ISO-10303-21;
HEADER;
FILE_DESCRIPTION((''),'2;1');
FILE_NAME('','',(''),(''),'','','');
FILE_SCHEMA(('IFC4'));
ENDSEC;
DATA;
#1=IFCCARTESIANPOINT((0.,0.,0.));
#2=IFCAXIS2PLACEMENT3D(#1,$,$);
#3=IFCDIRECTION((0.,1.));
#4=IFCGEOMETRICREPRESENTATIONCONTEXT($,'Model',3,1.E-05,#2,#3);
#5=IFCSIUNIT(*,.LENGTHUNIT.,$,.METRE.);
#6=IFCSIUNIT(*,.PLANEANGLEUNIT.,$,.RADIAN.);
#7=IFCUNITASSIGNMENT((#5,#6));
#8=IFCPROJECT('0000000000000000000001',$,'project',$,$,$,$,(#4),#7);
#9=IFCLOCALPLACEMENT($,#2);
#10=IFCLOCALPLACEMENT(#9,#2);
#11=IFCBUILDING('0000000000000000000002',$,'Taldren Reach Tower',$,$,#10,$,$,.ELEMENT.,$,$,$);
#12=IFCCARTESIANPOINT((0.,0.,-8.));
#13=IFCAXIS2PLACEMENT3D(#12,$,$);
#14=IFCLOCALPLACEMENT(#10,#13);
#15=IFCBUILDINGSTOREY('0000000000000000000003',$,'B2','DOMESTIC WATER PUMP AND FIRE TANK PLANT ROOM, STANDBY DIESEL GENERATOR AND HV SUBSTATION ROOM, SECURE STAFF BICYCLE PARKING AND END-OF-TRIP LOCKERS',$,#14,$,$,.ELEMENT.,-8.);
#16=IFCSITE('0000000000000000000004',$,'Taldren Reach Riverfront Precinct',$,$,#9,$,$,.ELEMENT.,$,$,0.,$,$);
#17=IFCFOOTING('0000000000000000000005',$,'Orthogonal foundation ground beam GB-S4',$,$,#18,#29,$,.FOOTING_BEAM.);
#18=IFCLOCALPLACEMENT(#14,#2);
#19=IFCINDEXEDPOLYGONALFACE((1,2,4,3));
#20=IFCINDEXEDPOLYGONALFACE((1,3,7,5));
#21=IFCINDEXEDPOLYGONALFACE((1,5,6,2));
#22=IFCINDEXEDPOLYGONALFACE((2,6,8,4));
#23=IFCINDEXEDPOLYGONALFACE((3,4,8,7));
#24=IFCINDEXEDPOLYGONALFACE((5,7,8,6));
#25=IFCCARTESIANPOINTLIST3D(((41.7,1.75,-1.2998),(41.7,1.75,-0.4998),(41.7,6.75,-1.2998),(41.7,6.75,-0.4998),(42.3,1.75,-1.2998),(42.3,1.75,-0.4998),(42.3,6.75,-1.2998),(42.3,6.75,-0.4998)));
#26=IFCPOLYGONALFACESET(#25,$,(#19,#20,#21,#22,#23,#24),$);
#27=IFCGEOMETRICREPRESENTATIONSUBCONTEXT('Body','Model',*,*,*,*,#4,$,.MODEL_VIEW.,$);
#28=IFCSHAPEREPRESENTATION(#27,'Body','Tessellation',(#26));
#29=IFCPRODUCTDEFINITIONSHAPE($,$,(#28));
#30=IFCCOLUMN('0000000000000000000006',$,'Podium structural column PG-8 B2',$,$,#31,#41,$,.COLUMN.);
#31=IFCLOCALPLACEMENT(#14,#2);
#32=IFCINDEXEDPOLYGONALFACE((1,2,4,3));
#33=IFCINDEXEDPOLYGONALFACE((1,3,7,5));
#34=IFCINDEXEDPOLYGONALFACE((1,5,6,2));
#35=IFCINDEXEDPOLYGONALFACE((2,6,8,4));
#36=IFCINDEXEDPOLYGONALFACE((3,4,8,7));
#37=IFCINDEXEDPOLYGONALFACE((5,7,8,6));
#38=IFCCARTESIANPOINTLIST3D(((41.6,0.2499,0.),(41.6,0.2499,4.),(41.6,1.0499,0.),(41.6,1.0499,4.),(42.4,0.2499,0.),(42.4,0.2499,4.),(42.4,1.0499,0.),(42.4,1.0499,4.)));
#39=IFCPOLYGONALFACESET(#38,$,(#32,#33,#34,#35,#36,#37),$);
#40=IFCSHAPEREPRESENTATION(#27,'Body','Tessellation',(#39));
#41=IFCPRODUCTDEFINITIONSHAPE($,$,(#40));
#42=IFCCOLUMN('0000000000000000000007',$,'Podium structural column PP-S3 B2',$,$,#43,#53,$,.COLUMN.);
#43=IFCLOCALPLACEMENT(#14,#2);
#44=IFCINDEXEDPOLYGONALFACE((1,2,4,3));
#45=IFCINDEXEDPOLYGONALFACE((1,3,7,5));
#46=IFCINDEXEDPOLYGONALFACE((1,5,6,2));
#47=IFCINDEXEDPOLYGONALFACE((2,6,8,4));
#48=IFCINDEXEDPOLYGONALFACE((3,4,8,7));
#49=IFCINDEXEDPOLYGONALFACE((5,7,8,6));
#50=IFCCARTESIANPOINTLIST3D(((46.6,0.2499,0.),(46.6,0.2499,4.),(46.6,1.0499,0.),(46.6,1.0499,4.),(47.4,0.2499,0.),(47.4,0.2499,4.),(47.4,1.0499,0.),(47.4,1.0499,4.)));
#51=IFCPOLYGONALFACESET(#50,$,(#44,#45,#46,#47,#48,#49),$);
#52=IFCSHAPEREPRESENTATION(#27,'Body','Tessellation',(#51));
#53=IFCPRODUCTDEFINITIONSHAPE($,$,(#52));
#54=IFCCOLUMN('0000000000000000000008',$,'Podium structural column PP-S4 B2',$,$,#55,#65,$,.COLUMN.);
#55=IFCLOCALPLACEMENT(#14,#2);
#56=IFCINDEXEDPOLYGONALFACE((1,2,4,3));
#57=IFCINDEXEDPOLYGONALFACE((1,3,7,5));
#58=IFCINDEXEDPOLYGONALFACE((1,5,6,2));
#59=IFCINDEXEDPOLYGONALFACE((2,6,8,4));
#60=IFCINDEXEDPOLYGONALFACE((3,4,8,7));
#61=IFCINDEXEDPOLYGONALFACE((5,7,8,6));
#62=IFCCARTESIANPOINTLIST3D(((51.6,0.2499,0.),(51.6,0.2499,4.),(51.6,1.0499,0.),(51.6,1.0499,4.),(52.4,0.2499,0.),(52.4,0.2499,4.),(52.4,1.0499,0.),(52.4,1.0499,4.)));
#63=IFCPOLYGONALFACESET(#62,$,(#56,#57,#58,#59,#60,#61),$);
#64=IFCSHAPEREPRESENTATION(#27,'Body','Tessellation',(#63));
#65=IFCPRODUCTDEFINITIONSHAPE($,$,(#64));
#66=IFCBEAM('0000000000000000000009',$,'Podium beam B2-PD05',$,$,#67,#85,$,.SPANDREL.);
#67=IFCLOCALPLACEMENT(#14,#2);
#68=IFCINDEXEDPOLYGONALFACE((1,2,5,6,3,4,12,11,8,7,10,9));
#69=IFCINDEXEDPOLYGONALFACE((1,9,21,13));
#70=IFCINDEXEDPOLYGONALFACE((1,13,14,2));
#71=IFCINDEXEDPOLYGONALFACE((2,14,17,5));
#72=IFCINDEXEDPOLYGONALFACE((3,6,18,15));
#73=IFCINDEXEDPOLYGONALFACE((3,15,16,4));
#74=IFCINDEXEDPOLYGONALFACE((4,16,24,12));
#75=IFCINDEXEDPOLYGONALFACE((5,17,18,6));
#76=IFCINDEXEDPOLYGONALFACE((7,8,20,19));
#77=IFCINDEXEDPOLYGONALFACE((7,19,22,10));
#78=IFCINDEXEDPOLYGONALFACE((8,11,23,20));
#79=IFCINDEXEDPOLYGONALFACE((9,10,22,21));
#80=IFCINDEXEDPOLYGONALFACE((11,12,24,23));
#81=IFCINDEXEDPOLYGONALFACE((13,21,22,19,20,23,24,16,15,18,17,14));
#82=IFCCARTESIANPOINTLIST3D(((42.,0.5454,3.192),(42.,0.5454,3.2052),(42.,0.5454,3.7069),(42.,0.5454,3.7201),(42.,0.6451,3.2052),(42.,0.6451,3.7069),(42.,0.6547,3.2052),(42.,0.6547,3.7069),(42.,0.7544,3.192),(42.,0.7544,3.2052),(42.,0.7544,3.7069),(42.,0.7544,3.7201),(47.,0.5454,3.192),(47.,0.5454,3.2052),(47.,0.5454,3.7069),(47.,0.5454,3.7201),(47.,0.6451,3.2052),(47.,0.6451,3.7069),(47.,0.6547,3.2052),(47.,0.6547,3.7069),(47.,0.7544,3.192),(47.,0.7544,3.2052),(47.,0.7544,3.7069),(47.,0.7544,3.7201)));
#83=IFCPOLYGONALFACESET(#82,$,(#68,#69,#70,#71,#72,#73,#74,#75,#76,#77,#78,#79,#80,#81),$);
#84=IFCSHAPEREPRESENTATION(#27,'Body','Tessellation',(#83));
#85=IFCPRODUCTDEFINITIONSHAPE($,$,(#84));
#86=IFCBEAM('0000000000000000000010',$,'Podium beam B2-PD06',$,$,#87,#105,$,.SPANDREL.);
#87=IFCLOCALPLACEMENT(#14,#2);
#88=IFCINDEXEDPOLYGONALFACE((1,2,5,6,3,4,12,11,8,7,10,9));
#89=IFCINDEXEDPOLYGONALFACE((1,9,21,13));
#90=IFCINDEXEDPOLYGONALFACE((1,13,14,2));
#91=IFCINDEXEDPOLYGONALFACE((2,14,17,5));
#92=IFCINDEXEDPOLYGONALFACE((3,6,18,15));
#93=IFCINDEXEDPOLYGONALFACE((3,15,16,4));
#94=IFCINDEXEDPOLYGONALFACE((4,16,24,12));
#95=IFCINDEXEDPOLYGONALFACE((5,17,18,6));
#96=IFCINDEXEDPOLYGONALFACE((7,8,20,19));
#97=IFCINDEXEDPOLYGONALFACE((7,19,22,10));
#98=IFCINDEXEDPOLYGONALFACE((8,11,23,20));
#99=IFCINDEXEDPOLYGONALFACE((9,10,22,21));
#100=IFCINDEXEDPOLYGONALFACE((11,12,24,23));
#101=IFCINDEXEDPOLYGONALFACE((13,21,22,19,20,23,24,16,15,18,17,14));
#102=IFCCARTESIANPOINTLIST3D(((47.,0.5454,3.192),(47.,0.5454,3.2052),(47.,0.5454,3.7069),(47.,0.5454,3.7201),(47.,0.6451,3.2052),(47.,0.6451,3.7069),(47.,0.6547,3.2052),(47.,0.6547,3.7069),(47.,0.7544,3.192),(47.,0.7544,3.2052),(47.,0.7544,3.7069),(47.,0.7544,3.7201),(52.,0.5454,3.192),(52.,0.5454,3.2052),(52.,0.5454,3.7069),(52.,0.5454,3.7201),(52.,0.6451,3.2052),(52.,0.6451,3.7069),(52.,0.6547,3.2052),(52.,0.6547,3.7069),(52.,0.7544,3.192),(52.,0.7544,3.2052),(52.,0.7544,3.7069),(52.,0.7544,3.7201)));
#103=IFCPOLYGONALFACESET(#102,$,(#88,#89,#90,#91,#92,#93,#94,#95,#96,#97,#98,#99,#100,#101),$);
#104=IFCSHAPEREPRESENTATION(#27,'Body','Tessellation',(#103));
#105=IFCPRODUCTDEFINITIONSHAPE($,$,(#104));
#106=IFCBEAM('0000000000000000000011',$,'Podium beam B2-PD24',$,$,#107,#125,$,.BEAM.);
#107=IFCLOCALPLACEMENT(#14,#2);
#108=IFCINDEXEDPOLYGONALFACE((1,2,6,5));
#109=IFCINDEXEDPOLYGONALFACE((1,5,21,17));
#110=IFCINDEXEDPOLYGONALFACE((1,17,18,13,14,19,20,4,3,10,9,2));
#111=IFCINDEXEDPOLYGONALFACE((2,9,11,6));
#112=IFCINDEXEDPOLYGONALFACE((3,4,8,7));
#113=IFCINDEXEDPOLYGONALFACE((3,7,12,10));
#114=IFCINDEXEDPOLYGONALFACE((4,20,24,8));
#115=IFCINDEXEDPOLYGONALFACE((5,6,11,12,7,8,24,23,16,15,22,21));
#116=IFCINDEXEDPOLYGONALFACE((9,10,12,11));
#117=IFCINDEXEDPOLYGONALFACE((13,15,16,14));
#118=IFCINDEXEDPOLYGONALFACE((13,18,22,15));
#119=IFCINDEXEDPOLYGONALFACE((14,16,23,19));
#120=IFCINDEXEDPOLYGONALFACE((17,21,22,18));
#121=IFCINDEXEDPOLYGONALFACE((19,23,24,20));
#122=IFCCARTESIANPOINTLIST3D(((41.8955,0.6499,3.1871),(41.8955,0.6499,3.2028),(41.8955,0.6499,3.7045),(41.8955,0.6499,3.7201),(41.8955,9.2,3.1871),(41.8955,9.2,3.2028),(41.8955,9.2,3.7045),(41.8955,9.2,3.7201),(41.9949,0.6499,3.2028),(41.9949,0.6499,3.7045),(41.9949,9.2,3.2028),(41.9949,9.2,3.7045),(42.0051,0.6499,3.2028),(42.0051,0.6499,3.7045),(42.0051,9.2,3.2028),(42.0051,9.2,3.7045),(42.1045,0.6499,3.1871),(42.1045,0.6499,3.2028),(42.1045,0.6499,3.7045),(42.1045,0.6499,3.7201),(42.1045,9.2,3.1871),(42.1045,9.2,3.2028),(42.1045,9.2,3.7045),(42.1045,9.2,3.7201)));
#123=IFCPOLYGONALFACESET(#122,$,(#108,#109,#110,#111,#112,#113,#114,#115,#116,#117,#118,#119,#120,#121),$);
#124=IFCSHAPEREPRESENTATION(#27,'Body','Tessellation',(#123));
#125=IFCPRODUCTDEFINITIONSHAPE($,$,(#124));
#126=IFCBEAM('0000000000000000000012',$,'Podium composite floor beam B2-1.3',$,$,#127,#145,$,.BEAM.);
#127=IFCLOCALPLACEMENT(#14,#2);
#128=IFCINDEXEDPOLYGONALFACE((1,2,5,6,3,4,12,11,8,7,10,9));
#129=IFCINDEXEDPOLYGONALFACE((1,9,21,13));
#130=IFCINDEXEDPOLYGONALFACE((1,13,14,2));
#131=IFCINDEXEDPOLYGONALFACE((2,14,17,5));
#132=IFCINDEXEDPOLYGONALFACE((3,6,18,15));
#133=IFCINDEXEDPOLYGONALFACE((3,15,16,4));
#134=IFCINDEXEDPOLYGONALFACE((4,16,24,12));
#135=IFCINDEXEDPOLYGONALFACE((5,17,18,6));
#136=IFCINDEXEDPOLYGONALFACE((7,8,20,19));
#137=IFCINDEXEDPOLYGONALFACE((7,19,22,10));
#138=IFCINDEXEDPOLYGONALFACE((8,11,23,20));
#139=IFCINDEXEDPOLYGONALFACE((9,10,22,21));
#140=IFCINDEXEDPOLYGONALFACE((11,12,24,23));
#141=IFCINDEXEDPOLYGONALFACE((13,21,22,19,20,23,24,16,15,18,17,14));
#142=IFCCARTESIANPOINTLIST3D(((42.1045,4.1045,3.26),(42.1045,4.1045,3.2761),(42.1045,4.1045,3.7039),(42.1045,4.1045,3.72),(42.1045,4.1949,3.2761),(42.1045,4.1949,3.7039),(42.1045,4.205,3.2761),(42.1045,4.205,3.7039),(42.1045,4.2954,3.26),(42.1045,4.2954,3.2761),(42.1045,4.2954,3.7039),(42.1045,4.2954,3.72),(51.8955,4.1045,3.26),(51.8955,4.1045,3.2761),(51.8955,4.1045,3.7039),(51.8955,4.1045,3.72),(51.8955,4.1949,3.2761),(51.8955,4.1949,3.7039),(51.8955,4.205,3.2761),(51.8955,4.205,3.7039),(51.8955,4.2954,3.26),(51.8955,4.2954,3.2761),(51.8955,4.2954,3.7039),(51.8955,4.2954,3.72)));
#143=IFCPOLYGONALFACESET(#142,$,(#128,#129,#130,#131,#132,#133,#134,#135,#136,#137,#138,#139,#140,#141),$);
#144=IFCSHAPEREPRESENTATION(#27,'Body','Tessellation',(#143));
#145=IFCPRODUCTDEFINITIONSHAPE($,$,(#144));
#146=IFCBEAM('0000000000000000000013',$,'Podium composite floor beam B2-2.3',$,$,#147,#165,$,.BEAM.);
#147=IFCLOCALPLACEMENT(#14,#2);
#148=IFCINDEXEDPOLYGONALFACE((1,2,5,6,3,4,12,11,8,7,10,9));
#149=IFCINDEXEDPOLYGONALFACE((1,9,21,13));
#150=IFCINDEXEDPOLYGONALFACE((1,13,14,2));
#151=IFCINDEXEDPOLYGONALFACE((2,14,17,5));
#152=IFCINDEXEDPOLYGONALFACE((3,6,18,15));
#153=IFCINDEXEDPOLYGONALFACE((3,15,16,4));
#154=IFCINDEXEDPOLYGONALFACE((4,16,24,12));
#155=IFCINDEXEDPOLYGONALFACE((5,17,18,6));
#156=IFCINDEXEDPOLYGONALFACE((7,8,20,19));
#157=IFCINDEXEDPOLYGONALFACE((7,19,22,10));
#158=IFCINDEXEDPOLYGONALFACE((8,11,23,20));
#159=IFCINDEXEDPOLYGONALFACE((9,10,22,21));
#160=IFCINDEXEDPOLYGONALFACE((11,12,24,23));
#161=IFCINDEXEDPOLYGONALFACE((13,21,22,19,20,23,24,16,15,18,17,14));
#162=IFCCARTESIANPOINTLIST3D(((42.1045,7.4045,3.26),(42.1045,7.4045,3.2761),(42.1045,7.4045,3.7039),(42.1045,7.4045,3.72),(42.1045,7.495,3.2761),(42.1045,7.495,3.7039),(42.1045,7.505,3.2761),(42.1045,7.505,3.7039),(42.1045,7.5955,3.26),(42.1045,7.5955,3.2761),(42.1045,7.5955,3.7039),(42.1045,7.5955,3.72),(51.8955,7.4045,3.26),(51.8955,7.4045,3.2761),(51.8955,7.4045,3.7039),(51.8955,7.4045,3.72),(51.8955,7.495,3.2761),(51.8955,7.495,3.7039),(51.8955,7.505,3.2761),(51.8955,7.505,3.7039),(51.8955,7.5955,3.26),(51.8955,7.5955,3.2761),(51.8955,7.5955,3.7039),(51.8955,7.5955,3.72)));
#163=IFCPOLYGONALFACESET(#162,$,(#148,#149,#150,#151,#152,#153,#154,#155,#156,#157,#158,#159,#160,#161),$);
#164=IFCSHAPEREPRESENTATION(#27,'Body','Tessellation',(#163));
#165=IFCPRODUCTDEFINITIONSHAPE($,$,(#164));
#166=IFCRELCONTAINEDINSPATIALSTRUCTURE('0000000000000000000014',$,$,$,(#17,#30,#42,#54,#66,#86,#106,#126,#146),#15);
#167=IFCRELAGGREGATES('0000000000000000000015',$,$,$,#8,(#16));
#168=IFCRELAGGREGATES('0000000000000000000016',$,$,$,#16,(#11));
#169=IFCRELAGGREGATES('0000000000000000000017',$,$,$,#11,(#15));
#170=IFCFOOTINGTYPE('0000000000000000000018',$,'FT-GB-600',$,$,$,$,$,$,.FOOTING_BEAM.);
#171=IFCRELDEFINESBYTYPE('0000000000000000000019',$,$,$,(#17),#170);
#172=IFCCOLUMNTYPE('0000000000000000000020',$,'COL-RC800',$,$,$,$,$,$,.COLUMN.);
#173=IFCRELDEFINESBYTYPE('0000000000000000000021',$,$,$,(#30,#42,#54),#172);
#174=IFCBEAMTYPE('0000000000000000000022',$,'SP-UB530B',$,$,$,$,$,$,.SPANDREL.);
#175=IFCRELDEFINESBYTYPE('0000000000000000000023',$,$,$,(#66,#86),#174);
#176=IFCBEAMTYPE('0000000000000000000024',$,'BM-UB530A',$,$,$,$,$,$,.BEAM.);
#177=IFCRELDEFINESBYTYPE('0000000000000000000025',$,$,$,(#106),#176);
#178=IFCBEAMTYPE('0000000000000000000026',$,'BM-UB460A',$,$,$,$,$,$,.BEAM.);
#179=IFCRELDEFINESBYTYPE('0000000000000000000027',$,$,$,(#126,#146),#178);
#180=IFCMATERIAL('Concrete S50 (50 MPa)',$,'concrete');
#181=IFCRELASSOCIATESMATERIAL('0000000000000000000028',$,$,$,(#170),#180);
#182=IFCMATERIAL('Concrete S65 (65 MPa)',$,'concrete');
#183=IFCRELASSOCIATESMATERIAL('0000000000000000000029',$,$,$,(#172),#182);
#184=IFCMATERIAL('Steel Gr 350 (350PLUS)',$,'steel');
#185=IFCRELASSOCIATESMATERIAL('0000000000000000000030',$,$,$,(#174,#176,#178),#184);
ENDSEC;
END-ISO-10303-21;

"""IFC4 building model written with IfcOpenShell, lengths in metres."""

from ifc_helpers import new_model, si_unit, direction, frame, origin, origin_2d, place, context, subcontext, project, spatial, rectangle, i_section, extrude, source, transform, mapped, material, material_profile, profile_set, type_object, element, save


model = new_model("IFC4")

# Units and contexts
model_context = context("Model", 3, precision=1e-05, world=origin(), true_north=direction((0.0, 1.0)))
body_context = subcontext(model_context, "Body", "Model", "MODEL_VIEW")
ifc_project = project(units=[si_unit("LENGTHUNIT", "METRE"), si_unit("PLANEANGLEUNIT", "RADIAN")], contexts=[model_context])

# Site, building, storey
site_placement = place(None, origin())
site = spatial("IfcSite", under=ifc_project, at=site_placement, Name="Taldren Reach Riverfront Precinct", CompositionType="ELEMENT", RefElevation=0.0)
building_placement = place(site_placement, origin())
building = spatial("IfcBuilding", under=site, at=building_placement, Name="Taldren Reach Tower", CompositionType="ELEMENT")
storey_placement = place(building_placement, frame((0.0, 0.0, -8.0)))
storey = spatial("IfcBuildingStorey", under=building, at=storey_placement, Name="B2", Description="DOMESTIC WATER PUMP AND FIRE TANK PLANT ROOM, STANDBY DIESEL GENERATOR AND HV SUBSTATION ROOM, SECURE STAFF BICYCLE PARKING AND END-OF-TRIP LOCKERS", CompositionType="ELEMENT", Elevation=-8.0)

# Shared definitions
ifc_material_1 = material(Name="Concrete S65 (65 MPa)", Category="concrete")

# Shared definitions
ifc_material_2 = material(Name="Concrete S50 (50 MPa)", Category="concrete")

# Footing
footing_type_1 = type_object("IfcFootingType", Name="FT-GB-600", PredefinedType="FOOTING_BEAM", material=ifc_material_2)
shared_shape_1 = source(origin(), body_context, "Body", "SweptSolid", [
    extrude(rectangle(XDim=5.0, YDim=0.6001, at=origin_2d()), origin(), (0.0, 0.0, 1.0), 0.8),
])
footing_1_placement = place(storey_placement, frame((42.0, 4.25, -1.2998), z_axis=(0.0, 0.0, 1.0), x_axis=(0.0, 1.0, 0.0)))
element("IfcFooting", 1, at=footing_1_placement, inside=storey, type_object=footing_type_1, Name="Orthogonal foundation ground beam GB-S4", PredefinedType="FOOTING_BEAM", context=body_context, shape_type="MappedRepresentation", body=[
    mapped(shared_shape_1, transform((0.0, 0.0, 0.0), scale=1.0)),
])

# Columns
ifc_material_profile_1 = material_profile(ifc_material_1, rectangle(XDim=0.8, YDim=0.8, at=origin_2d()), Name="RC-800x800")
ifc_profile_set_1 = profile_set([ifc_material_profile_1], Name="Concrete S65 (65 MPa)")
column_type = type_object("IfcColumnType", Name="COL-RC800", PredefinedType="COLUMN", material=ifc_profile_set_1)
shared_shape_2 = source(origin(), body_context, "Body", "SweptSolid", [
    extrude(rectangle(XDim=0.8, YDim=0.8, at=origin_2d()), origin(), (0.0, 0.0, 1.0), 4.0),
])
for number, where, z_axis, x_axis, name in (
    (2, (42.0, 0.6499, 0.0), (0.0, 0.0, 1.0), (1.0, 0.0, 0.0), "Podium structural column PG-8 B2"),
    (3, (47.0, 0.6499, 0.0), (0.0, 0.0, 1.0), (1.0, 0.0, 0.0), "Podium structural column PP-S3 B2"),
    (4, (52.0, 0.6499, 0.0), (0.0, 0.0, 1.0), (1.0, 0.0, 0.0), "Podium structural column PP-S4 B2"),
):
    element("IfcColumn", number, at=place(storey_placement, frame(where, z_axis=z_axis, x_axis=x_axis)), inside=storey, type_object=column_type, Name=name, PredefinedType="COLUMN", context=body_context, shape_type="MappedRepresentation", body=[
        mapped(shared_shape_2, transform((0.0, 0.0, 0.0), scale=1.0)),
    ])

# Beams
ifc_material_3 = material(Name="Steel Gr 350 (350PLUS)", Category="steel")
ifc_material_profile_2 = material_profile(ifc_material_3, i_section(OverallWidth=0.209, OverallDepth=0.5281, WebThickness=0.0095, FlangeThickness=0.0132, at=origin_2d()), Name="530UB82.0")
ifc_profile_set_2 = profile_set([ifc_material_profile_2], Name="Steel Gr 350 (350PLUS)")
beam_type_1 = type_object("IfcBeamType", Name="SP-UB530B", PredefinedType="SPANDREL", material=ifc_profile_set_2)
shared_shape_3 = source(origin(), body_context, "Body", "SweptSolid", [
    extrude(i_section(OverallWidth=0.209, OverallDepth=0.5281, WebThickness=0.0095, FlangeThickness=0.0132, at=origin_2d()), origin(), (0.0, 0.0, 1.0), 5.0),
])
for number, where, z_axis, x_axis, name in (
    (5, (42.0, 0.6499, 3.4561), (1.0, 0.0, 0.0), (0.0, 1.0, 0.0), "Podium beam B2-PD05"),
    (6, (47.0, 0.6499, 3.4561), (1.0, 0.0, 0.0), (0.0, 1.0, 0.0), "Podium beam B2-PD06"),
):
    element("IfcBeam", number, at=place(storey_placement, frame(where, z_axis=z_axis, x_axis=x_axis)), inside=storey, type_object=beam_type_1, Name=name, PredefinedType="SPANDREL", context=body_context, shape_type="MappedRepresentation", body=[
        mapped(shared_shape_3, transform((0.0, 0.0, 0.0), scale=1.0)),
    ])
ifc_material_profile_3 = material_profile(ifc_material_3, i_section(OverallWidth=0.209, OverallDepth=0.533, WebThickness=0.0103, FlangeThickness=0.0156, at=origin_2d()), Name="530UB92.4")
ifc_profile_set_3 = profile_set([ifc_material_profile_3], Name="Steel Gr 350 (350PLUS)")
beam_type_2 = type_object("IfcBeamType", Name="BM-UB530A", PredefinedType="BEAM", material=ifc_profile_set_3)
shared_shape_4 = source(origin(), body_context, "Body", "SweptSolid", [
    extrude(i_section(OverallWidth=0.209, OverallDepth=0.533, WebThickness=0.0103, FlangeThickness=0.0156, at=origin_2d()), origin(), (0.0, 0.0, 1.0), 8.55),
])
beam_placement = place(storey_placement, frame((42.0, 0.6499, 3.4536), z_axis=(0.0, 1.0, 0.0), x_axis=(-1.0, 0.0, 0.0)))
element("IfcBeam", 7, at=beam_placement, inside=storey, type_object=beam_type_2, Name="Podium beam B2-PD24", PredefinedType="BEAM", context=body_context, shape_type="MappedRepresentation", body=[
    mapped(shared_shape_4, transform((0.0, 0.0, 0.0), scale=1.0)),
])
ifc_material_profile_4 = material_profile(ifc_material_3, i_section(OverallWidth=0.1909, OverallDepth=0.46, WebThickness=0.01, FlangeThickness=0.0161, at=origin_2d()), Name="460UB82.1")
ifc_profile_set_4 = profile_set([ifc_material_profile_4], Name="Steel Gr 350 (350PLUS)")
beam_type_3 = type_object("IfcBeamType", Name="BM-UB460A", PredefinedType="BEAM", material=ifc_profile_set_4)
shared_shape_5 = source(origin(), body_context, "Body", "SweptSolid", [
    extrude(i_section(OverallWidth=0.1909, OverallDepth=0.46, WebThickness=0.01, FlangeThickness=0.0161, at=origin_2d()), origin(), (0.0, 0.0, 1.0), 9.791),
])
for number, where, z_axis, x_axis, name in (
    (8, (42.1045, 4.2, 3.49), (1.0, 0.0, 0.0), (0.0, 1.0, 0.0), "Podium composite floor beam B2-1.3"),
    (9, (42.1045, 7.5, 3.49), (1.0, 0.0, 0.0), (0.0, 1.0, 0.0), "Podium composite floor beam B2-2.3"),
):
    element("IfcBeam", number, at=place(storey_placement, frame(where, z_axis=z_axis, x_axis=x_axis)), inside=storey, type_object=beam_type_3, Name=name, PredefinedType="BEAM", context=body_context, shape_type="MappedRepresentation", body=[
        mapped(shared_shape_5, transform((0.0, 0.0, 0.0), scale=1.0)),
    ])

save(model, "model.ifc")
